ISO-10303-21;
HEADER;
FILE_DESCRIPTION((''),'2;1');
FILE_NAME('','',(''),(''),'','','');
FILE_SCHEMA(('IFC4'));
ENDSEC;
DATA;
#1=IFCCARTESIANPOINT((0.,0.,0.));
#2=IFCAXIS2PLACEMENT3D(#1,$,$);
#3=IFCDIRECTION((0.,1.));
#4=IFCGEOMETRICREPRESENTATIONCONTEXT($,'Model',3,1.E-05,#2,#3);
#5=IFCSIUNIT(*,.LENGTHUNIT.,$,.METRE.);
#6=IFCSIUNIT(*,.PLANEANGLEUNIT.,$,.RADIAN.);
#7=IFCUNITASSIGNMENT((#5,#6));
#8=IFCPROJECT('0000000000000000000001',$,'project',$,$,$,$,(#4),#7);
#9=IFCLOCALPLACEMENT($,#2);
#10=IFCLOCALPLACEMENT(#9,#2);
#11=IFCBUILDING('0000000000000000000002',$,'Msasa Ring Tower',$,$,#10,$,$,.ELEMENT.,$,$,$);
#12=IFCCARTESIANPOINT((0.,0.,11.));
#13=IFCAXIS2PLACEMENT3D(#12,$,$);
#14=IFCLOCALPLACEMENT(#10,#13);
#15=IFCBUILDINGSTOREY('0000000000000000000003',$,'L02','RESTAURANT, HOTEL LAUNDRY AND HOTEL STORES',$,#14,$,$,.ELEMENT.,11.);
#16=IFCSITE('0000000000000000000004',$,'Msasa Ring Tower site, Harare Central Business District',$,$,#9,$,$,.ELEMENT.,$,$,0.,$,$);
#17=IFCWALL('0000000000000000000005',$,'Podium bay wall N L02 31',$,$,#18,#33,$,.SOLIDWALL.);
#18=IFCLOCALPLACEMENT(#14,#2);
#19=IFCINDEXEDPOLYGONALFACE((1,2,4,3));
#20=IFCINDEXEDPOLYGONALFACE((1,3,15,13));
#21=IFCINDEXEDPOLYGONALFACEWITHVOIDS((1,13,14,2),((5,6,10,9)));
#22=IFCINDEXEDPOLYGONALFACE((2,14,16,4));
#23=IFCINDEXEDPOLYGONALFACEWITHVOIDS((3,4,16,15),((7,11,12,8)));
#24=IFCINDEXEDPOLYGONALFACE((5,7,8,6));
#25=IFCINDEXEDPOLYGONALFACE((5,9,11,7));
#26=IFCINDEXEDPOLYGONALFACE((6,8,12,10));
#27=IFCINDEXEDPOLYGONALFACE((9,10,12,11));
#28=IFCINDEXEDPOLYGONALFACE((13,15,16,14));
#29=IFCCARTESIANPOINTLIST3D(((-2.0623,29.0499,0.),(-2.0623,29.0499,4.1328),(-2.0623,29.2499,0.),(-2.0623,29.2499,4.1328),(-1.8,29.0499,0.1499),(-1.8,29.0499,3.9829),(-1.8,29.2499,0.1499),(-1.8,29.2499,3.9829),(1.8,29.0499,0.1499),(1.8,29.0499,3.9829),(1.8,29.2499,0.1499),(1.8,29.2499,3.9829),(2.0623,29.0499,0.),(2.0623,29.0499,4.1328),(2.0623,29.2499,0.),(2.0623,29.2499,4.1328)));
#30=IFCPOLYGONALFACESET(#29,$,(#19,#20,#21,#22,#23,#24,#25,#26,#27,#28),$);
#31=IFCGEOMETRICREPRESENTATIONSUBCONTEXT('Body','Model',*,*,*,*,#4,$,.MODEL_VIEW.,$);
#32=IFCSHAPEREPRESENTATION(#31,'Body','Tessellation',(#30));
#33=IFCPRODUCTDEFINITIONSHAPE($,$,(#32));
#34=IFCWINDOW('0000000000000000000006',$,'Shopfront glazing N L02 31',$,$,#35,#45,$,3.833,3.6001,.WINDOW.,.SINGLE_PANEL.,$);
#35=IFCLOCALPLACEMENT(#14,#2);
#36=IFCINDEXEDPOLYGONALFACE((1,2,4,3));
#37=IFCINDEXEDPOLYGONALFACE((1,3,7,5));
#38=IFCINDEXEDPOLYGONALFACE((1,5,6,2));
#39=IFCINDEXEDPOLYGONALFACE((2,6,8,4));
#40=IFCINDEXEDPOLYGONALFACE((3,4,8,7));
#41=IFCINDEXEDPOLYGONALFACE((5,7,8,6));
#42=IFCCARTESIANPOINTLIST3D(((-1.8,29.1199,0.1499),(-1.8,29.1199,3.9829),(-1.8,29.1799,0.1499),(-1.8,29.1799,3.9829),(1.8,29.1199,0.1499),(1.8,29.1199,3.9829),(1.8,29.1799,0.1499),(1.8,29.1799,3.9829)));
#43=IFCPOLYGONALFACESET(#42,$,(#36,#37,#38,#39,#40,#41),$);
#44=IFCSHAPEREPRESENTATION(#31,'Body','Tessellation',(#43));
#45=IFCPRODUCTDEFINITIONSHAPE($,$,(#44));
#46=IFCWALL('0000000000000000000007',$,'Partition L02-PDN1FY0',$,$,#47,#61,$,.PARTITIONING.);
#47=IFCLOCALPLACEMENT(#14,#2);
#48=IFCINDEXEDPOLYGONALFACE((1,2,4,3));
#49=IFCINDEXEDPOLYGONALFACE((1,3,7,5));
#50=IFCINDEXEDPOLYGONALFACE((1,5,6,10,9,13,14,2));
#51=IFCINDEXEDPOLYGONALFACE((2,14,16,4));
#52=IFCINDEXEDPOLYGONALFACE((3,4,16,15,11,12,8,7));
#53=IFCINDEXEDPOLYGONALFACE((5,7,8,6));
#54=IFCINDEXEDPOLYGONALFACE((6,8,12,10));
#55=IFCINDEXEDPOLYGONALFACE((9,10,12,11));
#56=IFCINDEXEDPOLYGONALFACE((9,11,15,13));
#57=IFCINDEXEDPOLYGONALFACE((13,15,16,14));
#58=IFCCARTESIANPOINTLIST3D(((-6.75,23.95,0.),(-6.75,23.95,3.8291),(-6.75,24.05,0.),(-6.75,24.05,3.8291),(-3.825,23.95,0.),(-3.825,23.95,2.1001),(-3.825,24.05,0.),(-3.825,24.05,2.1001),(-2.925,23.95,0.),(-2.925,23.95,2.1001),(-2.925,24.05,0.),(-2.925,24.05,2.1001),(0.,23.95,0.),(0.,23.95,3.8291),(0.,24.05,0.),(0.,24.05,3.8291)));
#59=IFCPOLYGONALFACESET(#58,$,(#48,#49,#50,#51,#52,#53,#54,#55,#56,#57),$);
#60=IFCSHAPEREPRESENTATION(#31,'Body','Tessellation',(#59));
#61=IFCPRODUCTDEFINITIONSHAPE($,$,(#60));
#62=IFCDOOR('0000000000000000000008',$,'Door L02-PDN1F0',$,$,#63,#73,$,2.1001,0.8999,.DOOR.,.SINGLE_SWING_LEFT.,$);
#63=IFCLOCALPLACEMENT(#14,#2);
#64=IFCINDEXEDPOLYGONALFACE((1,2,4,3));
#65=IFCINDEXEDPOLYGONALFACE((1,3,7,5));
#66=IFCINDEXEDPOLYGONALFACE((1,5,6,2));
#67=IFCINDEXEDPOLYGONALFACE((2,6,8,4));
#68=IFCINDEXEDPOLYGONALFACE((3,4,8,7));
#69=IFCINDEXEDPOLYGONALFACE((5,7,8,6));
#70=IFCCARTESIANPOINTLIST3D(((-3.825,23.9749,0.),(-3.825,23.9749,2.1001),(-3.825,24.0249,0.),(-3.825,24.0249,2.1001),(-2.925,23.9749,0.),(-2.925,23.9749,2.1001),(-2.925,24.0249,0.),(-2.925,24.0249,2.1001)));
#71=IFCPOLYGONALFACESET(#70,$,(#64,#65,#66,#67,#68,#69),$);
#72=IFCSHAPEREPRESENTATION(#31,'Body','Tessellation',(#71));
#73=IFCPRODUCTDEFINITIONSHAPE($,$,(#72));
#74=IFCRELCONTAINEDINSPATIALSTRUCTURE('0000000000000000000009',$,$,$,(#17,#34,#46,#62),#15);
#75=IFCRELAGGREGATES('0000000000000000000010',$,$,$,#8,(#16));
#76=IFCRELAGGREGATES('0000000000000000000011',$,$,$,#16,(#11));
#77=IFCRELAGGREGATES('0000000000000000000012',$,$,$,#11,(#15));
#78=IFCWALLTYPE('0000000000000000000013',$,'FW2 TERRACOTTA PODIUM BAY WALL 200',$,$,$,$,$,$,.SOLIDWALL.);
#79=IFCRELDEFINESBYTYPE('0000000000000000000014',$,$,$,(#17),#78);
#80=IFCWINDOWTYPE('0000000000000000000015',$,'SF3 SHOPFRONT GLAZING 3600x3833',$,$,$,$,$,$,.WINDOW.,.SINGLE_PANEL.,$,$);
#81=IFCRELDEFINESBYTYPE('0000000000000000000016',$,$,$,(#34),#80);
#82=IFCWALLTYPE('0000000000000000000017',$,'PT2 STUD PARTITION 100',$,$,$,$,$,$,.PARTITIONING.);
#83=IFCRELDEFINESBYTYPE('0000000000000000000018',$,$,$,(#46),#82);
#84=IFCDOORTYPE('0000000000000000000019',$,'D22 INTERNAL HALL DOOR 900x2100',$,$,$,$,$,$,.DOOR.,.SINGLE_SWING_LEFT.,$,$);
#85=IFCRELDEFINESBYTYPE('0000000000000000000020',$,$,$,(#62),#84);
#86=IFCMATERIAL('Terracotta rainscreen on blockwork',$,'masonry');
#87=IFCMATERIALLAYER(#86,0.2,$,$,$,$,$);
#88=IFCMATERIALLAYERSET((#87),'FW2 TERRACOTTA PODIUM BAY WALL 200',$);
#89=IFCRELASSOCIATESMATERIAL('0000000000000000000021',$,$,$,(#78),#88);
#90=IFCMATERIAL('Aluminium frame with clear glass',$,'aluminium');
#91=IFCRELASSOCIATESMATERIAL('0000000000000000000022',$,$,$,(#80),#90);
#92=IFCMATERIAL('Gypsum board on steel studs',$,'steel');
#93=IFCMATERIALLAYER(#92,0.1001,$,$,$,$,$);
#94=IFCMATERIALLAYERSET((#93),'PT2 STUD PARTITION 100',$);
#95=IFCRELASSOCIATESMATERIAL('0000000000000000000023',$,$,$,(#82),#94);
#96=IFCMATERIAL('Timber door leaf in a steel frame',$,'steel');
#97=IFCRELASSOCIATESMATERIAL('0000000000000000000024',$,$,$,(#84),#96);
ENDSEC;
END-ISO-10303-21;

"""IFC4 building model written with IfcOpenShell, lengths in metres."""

from ifc_helpers import new_model, si_unit, direction, frame, frame_2d, origin, place, context, subcontext, project, spatial, rectangle, extrude, material, layer, layer_set, type_object, element, fill, save


model = new_model("IFC4")

# Units and contexts
model_context = context("Model", 3, precision=1e-05, world=origin(), true_north=direction((0.0, 1.0)))
body_context = subcontext(model_context, "Body", "Model", "MODEL_VIEW")
ifc_project = project(units=[si_unit("LENGTHUNIT", "METRE"), si_unit("PLANEANGLEUNIT", "RADIAN")], contexts=[model_context])

# Site, building, storey
site_placement = place(None, origin())
site = spatial("IfcSite", under=ifc_project, at=site_placement, Name="Msasa Ring Tower site, Harare Central Business District", CompositionType="ELEMENT", RefElevation=0.0)
building_placement = place(site_placement, origin())
building = spatial("IfcBuilding", under=site, at=building_placement, Name="Msasa Ring Tower", CompositionType="ELEMENT")
storey_placement = place(building_placement, frame((0.0, 0.0, 11.0)))
storey = spatial("IfcBuildingStorey", under=building, at=storey_placement, Name="L02", Description="RESTAURANT, HOTEL LAUNDRY AND HOTEL STORES", CompositionType="ELEMENT", Elevation=11.0)

# Wall, opening, window
ifc_material_1 = material(Name="Terracotta rainscreen on blockwork", Category="masonry")
ifc_layer_1 = layer(ifc_material_1, 0.2)
ifc_layer_set_1 = layer_set([ifc_layer_1], Name="FW2 TERRACOTTA PODIUM BAY WALL 200")
wall_type_1 = type_object("IfcWallType", Name="FW2 TERRACOTTA PODIUM BAY WALL 200", PredefinedType="SOLIDWALL", material=ifc_layer_set_1)
ifc_material_2 = material(Name="Aluminium frame with clear glass", Category="aluminium")
window_type = type_object("IfcWindowType", Name="SF3 SHOPFRONT GLAZING 3600x3833", PartitioningType="SINGLE_PANEL", PredefinedType="WINDOW", material=ifc_material_2)
wall_1_placement = place(storey_placement, frame((-2.0623, 29.1499, 0.0), z_axis=(0.0, 0.0, 1.0), x_axis=(1.0, 0.0, 0.0)))
wall_1 = element("IfcWall", 1, at=wall_1_placement, inside=storey, type_object=wall_type_1, Name="Podium bay wall N L02 31", PredefinedType="SOLIDWALL", context=body_context, shape_type="SweptSolid", body=[
    extrude(rectangle(XDim=4.1245, YDim=0.2, at=frame_2d((2.0623, 0.0))), origin(), (0.0, 0.0, 1.0), 4.1328),
])
opening_1_placement = place(wall_1_placement, frame((0.2622, 0.0, 0.1499)))
opening_1 = element("IfcOpeningElement", 2, at=opening_1_placement, cuts=wall_1, PredefinedType="OPENING", context=body_context, shape_type="SweptSolid", body=[
    extrude(rectangle(XDim=3.6001, YDim=3.833, at=frame_2d((1.8, 1.9165))), frame((0.0, 0.1099, 0.0), z_axis=(0.0, -1.0, 0.0), x_axis=(1.0, 0.0, 0.0)), (0.0, 0.0, 1.0), 0.22),
])
window_1_placement = place(opening_1_placement, origin())
window_1 = element("IfcWindow", 3, at=window_1_placement, inside=storey, type_object=window_type, Name="Shopfront glazing N L02 31", OverallHeight=3.833, OverallWidth=3.6001, PartitioningType="SINGLE_PANEL", PredefinedType="WINDOW", context=body_context, shape_type="SweptSolid", body=[
    extrude(rectangle(XDim=3.6001, YDim=3.833, at=frame_2d((1.8, 1.9165))), frame((0.0, 0.03, 0.0), z_axis=(0.0, -1.0, 0.0), x_axis=(1.0, 0.0, 0.0)), (0.0, 0.0, 1.0), 0.0601),
])
fill(opening_1, window_1)

# Wall, opening, door
ifc_material_3 = material(Name="Gypsum board on steel studs", Category="steel")
ifc_layer_2 = layer(ifc_material_3, 0.1001)
ifc_layer_set_2 = layer_set([ifc_layer_2], Name="PT2 STUD PARTITION 100")
wall_type_2 = type_object("IfcWallType", Name="PT2 STUD PARTITION 100", PredefinedType="PARTITIONING", material=ifc_layer_set_2)
wall_2_placement = place(storey_placement, frame((-6.75, 24.0, 0.0), z_axis=(0.0, 0.0, 1.0), x_axis=(1.0, 0.0, 0.0)))
wall_2 = element("IfcWall", 4, at=wall_2_placement, inside=storey, type_object=wall_type_2, Name="Partition L02-PDN1FY0", PredefinedType="PARTITIONING", context=body_context, shape_type="SweptSolid", body=[
    extrude(rectangle(XDim=6.75, YDim=0.1001, at=frame_2d((3.375, 0.0))), origin(), (0.0, 0.0, 1.0), 3.8291),
])
opening_2_placement = place(wall_2_placement, frame((2.925, 0.0, 0.0)))
opening_2 = element("IfcOpeningElement", 5, at=opening_2_placement, cuts=wall_2, PredefinedType="OPENING", context=body_context, shape_type="SweptSolid", body=[
    extrude(rectangle(XDim=0.8999, YDim=2.1001, at=frame_2d((0.45, 1.05))), frame((0.0, 0.0601, 0.0), z_axis=(0.0, -1.0, 0.0), x_axis=(1.0, 0.0, 0.0)), (0.0, 0.0, 1.0), 0.1201),
])
ifc_material_4 = material(Name="Timber door leaf in a steel frame", Category="steel")
door_type = type_object("IfcDoorType", Name="D22 INTERNAL HALL DOOR 900x2100", OperationType="SINGLE_SWING_LEFT", PredefinedType="DOOR", material=ifc_material_4)
door_placement = place(opening_2_placement, origin())
door = element("IfcDoor", 6, at=door_placement, inside=storey, type_object=door_type, Name="Door L02-PDN1F0", OperationType="SINGLE_SWING_LEFT", OverallHeight=2.1001, OverallWidth=0.8999, PredefinedType="DOOR", context=body_context, shape_type="SweptSolid", body=[
    extrude(rectangle(XDim=0.8999, YDim=2.1001, at=frame_2d((0.45, 1.05))), frame((0.0, 0.0249, 0.0), z_axis=(0.0, -1.0, 0.0), x_axis=(1.0, 0.0, 0.0)), (0.0, 0.0, 1.0), 0.05),
])
fill(opening_2, door)

save(model, "model.ifc")
